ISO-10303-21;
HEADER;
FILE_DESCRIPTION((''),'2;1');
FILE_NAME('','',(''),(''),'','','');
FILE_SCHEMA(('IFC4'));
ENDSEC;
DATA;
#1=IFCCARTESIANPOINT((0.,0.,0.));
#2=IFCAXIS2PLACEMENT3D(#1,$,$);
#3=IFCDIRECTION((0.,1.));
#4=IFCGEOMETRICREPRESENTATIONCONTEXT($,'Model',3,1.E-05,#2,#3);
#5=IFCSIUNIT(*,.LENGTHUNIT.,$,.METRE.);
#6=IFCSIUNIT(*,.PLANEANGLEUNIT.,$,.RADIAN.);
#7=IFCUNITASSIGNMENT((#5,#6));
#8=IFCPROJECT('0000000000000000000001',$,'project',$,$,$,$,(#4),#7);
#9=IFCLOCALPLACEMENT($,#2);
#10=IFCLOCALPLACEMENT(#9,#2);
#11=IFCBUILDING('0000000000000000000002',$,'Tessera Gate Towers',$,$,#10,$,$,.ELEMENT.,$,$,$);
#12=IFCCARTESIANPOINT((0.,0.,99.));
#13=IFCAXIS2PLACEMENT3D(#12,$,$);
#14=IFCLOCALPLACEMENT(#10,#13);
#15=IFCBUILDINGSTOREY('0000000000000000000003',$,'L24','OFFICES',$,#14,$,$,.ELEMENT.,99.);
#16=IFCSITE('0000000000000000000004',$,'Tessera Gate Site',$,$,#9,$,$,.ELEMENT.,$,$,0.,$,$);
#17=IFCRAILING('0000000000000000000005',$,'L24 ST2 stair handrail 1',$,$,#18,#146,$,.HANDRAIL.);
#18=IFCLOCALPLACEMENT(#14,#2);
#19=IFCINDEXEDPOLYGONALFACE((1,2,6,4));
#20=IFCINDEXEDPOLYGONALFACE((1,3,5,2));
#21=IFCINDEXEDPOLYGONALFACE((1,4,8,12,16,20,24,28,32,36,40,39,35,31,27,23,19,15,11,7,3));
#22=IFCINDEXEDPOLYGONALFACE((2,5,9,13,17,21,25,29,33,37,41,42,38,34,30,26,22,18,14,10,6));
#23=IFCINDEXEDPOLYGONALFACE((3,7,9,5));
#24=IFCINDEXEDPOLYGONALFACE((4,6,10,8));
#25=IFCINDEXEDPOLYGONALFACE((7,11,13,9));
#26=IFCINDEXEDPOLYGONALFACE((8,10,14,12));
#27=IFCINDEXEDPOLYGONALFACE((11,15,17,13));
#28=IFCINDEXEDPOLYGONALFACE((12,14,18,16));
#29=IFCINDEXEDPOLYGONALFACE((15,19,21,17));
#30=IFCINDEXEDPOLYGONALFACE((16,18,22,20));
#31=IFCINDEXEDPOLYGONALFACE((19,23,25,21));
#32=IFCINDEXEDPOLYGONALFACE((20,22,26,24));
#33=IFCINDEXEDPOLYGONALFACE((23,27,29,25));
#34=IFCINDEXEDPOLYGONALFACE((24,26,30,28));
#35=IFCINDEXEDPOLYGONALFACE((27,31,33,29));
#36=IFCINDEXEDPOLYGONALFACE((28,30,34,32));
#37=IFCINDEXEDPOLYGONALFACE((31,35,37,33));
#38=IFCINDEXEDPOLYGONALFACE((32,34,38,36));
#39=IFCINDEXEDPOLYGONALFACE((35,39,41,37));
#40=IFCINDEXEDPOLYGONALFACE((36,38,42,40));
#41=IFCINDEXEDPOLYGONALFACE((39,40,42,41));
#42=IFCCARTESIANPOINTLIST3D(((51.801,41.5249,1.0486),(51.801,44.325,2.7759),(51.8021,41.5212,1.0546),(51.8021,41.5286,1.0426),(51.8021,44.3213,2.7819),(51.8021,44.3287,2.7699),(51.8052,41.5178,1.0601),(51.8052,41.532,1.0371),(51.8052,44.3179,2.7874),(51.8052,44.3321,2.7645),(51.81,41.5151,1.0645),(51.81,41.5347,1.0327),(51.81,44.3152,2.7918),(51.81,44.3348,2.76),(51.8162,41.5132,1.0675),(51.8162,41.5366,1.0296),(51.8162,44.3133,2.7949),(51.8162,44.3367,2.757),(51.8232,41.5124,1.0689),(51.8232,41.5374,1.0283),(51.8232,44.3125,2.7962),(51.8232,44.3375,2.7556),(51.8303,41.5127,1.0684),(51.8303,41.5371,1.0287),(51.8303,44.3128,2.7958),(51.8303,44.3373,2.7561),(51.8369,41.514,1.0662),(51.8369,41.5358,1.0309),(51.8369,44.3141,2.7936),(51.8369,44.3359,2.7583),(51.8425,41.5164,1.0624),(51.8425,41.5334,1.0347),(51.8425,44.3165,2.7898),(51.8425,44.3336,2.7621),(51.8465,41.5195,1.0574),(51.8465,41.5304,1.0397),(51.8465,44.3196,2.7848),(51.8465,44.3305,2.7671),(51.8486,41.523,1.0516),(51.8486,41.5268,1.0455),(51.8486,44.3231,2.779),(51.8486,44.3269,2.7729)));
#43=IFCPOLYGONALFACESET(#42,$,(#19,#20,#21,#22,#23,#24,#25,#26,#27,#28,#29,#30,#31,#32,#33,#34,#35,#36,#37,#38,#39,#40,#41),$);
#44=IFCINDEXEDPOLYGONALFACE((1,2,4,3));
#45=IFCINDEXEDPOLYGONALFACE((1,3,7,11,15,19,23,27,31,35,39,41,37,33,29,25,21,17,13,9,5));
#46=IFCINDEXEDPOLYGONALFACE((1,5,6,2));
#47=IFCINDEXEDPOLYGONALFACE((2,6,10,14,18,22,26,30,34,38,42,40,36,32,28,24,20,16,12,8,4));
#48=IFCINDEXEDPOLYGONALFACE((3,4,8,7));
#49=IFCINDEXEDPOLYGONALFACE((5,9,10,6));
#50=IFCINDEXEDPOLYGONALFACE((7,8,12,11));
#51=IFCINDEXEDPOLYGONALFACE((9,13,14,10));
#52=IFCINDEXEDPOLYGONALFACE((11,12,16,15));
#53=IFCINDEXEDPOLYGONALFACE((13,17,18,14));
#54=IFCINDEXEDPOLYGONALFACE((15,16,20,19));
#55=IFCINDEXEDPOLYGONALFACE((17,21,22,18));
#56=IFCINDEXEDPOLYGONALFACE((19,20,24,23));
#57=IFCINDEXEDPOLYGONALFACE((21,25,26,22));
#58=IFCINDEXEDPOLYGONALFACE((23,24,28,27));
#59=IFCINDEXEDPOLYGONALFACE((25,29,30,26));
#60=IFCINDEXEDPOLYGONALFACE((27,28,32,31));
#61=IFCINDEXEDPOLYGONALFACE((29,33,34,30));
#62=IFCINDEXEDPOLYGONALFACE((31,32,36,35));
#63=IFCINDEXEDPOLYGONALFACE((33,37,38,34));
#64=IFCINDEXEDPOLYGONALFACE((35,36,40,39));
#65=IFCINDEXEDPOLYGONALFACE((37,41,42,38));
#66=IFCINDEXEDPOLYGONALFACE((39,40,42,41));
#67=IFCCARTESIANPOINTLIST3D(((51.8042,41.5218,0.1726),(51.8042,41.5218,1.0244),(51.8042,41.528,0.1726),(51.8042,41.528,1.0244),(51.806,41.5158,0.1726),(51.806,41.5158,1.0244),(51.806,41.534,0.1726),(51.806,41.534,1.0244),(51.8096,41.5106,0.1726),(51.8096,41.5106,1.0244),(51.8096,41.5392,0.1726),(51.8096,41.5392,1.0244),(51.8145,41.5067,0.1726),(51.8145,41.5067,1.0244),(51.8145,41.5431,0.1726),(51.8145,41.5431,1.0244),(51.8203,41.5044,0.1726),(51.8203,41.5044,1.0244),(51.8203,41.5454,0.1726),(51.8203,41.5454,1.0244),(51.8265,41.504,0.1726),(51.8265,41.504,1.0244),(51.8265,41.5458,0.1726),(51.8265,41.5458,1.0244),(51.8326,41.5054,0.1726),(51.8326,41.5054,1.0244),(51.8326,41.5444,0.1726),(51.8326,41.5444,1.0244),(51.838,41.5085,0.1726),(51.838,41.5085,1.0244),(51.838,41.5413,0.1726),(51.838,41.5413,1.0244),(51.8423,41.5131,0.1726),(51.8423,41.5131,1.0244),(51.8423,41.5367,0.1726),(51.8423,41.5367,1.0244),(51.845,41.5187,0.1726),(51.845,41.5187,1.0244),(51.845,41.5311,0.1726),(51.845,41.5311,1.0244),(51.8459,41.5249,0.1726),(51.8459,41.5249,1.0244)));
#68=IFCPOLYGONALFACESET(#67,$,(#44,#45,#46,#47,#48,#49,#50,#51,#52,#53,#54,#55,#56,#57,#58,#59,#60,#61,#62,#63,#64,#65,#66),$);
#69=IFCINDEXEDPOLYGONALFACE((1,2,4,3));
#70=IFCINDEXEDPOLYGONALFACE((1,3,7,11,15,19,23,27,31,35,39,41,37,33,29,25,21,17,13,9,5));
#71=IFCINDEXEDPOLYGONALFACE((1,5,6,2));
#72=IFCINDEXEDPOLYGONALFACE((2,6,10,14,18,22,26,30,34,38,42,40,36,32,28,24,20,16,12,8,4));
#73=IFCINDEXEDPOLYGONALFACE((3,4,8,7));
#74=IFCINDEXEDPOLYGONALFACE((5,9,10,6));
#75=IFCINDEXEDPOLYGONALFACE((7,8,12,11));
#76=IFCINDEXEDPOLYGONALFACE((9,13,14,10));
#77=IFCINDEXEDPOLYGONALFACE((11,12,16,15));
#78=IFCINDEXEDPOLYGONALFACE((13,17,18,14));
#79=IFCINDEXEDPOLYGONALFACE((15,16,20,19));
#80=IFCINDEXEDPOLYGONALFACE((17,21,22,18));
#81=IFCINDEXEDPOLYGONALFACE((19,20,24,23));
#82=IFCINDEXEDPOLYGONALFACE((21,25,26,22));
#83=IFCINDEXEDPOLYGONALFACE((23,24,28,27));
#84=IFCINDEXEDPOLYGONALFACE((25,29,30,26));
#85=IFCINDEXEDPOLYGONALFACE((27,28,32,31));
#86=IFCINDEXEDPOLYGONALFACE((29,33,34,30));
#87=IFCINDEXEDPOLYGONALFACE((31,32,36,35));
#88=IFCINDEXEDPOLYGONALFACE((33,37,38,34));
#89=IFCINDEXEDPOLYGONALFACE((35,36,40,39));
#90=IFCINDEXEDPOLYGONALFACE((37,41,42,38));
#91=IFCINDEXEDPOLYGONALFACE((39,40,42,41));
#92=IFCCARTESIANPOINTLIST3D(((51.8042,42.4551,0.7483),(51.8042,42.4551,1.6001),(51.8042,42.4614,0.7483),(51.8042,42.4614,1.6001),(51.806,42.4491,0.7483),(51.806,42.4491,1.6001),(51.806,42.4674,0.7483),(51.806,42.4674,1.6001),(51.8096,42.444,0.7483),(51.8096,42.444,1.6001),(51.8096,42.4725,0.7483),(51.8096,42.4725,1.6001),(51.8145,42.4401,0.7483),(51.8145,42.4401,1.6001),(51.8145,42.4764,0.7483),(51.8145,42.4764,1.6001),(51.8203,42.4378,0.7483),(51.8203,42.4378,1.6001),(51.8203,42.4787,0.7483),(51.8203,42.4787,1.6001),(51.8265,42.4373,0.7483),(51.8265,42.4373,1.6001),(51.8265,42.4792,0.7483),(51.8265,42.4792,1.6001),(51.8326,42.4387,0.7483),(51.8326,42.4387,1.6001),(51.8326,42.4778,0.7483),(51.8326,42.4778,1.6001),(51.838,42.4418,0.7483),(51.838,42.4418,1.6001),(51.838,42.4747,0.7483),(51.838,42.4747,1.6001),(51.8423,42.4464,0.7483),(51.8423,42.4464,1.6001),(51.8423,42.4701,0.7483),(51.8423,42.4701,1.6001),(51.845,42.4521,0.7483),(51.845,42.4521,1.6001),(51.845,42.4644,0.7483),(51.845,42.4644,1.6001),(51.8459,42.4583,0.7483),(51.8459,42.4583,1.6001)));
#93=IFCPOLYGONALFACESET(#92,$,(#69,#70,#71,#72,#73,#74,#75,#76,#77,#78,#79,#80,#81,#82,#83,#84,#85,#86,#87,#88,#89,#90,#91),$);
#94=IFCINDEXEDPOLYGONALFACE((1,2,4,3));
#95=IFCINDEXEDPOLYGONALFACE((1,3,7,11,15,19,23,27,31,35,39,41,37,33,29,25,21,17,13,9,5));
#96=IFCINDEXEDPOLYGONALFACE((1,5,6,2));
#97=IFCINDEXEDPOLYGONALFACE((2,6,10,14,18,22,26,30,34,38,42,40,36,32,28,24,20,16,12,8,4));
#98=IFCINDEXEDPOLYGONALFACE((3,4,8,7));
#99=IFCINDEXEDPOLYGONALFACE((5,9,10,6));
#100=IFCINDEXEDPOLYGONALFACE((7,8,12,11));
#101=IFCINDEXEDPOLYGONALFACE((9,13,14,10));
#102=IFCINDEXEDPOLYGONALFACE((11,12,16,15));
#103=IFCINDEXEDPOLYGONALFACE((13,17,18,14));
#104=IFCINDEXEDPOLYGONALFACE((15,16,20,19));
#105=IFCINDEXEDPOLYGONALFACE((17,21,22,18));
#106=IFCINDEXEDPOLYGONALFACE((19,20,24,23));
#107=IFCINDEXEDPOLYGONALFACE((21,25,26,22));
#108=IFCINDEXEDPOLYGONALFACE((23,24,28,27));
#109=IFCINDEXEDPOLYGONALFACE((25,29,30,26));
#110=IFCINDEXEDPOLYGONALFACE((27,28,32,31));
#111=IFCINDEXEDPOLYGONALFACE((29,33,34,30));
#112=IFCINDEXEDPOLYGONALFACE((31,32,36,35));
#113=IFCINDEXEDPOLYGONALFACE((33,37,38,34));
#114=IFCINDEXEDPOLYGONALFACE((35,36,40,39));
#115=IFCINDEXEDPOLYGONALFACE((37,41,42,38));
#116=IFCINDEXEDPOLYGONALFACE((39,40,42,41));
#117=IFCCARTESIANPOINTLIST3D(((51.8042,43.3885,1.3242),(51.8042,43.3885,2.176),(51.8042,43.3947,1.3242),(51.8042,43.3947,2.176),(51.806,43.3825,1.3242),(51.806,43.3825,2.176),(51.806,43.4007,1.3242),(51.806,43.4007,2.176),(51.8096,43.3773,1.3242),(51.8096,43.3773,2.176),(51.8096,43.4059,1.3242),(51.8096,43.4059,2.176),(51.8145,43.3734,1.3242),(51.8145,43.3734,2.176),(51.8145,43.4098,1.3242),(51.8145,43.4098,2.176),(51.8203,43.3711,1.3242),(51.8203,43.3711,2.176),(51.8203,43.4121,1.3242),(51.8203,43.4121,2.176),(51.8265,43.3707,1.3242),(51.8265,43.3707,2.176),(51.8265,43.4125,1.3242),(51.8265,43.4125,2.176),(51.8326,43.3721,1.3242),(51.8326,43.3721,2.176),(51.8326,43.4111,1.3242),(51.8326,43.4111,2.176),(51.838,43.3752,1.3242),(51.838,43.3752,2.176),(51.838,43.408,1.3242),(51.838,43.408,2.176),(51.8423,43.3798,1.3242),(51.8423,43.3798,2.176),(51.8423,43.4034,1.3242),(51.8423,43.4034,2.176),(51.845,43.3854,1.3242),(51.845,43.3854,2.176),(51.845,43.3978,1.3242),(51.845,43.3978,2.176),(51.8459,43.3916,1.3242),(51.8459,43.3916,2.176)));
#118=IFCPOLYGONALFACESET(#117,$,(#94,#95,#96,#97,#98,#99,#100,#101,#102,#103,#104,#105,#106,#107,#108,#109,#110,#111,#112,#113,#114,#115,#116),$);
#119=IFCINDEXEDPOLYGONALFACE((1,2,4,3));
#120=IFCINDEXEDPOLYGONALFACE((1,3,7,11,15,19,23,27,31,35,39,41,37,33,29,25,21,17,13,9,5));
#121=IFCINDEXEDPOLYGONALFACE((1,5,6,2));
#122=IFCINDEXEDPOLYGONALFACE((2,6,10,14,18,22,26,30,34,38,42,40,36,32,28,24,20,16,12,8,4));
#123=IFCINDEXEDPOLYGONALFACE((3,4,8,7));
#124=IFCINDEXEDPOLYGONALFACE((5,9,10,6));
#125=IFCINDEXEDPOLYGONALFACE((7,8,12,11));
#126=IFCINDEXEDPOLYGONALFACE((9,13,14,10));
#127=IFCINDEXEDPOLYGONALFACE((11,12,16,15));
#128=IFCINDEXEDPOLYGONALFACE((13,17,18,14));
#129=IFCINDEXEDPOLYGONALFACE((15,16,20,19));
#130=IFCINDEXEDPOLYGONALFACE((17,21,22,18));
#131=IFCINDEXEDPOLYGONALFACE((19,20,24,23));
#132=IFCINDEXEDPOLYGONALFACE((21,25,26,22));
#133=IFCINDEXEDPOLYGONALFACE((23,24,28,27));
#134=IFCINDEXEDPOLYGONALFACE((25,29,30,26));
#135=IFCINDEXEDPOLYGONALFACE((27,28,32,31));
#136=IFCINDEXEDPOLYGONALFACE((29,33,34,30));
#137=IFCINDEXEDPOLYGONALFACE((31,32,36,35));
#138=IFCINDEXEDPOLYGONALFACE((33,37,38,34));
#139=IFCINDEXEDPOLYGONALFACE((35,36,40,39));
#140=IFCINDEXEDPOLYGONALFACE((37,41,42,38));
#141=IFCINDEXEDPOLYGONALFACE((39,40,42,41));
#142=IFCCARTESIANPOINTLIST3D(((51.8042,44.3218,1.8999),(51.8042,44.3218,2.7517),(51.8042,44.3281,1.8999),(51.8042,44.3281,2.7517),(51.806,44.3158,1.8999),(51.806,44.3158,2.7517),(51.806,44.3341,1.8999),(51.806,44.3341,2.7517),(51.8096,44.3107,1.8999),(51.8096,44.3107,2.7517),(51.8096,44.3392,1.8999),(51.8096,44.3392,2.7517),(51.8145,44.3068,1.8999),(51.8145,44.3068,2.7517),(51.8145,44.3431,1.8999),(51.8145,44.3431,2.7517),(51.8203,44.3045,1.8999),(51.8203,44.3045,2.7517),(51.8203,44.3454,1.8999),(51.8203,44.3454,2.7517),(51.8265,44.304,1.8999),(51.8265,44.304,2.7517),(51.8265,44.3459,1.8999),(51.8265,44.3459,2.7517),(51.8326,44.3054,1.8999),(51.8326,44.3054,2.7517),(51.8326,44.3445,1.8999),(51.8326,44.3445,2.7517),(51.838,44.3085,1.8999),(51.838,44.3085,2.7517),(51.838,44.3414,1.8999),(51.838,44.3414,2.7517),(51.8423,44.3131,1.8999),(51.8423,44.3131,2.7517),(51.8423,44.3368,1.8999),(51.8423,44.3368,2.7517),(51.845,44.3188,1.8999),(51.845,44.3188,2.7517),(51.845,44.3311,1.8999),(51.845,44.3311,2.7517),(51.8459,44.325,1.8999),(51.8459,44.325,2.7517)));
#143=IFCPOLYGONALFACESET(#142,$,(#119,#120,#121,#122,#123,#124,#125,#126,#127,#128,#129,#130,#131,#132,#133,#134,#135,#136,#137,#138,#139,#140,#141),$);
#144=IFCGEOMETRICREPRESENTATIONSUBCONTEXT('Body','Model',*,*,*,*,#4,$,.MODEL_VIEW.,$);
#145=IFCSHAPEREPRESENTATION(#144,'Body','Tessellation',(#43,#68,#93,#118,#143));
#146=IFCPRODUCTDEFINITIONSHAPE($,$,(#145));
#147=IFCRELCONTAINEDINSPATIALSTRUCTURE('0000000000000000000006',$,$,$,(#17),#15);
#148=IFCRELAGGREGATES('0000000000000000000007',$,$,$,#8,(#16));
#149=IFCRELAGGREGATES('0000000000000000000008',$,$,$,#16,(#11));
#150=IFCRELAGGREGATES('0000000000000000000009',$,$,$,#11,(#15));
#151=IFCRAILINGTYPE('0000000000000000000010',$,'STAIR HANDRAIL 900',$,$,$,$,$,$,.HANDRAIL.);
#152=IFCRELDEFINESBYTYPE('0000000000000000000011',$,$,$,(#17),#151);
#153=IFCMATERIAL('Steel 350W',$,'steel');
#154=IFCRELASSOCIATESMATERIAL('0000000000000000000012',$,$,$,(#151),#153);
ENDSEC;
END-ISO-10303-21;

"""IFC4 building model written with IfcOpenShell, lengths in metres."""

from ifc_helpers import new_model, si_unit, direction, frame, origin, origin_2d, place, context, subcontext, project, spatial, circle, extrude, material, type_object, element, save


model = new_model("IFC4")

# Units and contexts
model_context = context("Model", 3, precision=1e-05, world=origin(), true_north=direction((0.0, 1.0)))
body_context = subcontext(model_context, "Body", "Model", "MODEL_VIEW")
ifc_project = project(units=[si_unit("LENGTHUNIT", "METRE"), si_unit("PLANEANGLEUNIT", "RADIAN")], contexts=[model_context])

# Site, building, storey
site_placement = place(None, origin())
site = spatial("IfcSite", under=ifc_project, at=site_placement, Name="Tessera Gate Site", CompositionType="ELEMENT", RefElevation=0.0)
building_placement = place(site_placement, origin())
building = spatial("IfcBuilding", under=site, at=building_placement, Name="Tessera Gate Towers", CompositionType="ELEMENT")
storey_placement = place(building_placement, frame((0.0, 0.0, 99.0)))
storey = spatial("IfcBuildingStorey", under=building, at=storey_placement, Name="L24", Description="OFFICES", CompositionType="ELEMENT", Elevation=99.0)

# Railing
ifc_material_1 = material(Name="Steel 350W", Category="steel")
railing_type_1 = type_object("IfcRailingType", Name="STAIR HANDRAIL 900", PredefinedType="HANDRAIL", material=ifc_material_1)
for number, where, name in (
    (1, (51.825, 41.5249, 0.1726), "L24 ST2 stair handrail 1"),
):
    element("IfcRailing", number, at=place(storey_placement, frame(where)), inside=storey, type_object=railing_type_1, Name=name, PredefinedType="HANDRAIL", context=body_context, shape_type="SweptSolid", body=[
        extrude(circle(Radius=0.0239, at=origin_2d()), frame((0.0, 0.0, 0.876), z_axis=(0.0, 0.85109, 0.52502), x_axis=(-1.0, 0.0, 0.0)), (0.0, 0.0, 1.0), 3.29),
        extrude(circle(Radius=0.021, at=origin_2d()), origin(), (0.0, 0.0, 1.0), 0.8518),
        extrude(circle(Radius=0.021, at=origin_2d()), frame((0.0, 0.9333, 0.5757)), (0.0, 0.0, 1.0), 0.8518),
        extrude(circle(Radius=0.021, at=origin_2d()), frame((0.0, 1.8667, 1.1516)), (0.0, 0.0, 1.0), 0.8518),
        extrude(circle(Radius=0.021, at=origin_2d()), frame((0.0, 2.8, 1.7273)), (0.0, 0.0, 1.0), 0.8518),
    ])

save(model, "model.ifc")
